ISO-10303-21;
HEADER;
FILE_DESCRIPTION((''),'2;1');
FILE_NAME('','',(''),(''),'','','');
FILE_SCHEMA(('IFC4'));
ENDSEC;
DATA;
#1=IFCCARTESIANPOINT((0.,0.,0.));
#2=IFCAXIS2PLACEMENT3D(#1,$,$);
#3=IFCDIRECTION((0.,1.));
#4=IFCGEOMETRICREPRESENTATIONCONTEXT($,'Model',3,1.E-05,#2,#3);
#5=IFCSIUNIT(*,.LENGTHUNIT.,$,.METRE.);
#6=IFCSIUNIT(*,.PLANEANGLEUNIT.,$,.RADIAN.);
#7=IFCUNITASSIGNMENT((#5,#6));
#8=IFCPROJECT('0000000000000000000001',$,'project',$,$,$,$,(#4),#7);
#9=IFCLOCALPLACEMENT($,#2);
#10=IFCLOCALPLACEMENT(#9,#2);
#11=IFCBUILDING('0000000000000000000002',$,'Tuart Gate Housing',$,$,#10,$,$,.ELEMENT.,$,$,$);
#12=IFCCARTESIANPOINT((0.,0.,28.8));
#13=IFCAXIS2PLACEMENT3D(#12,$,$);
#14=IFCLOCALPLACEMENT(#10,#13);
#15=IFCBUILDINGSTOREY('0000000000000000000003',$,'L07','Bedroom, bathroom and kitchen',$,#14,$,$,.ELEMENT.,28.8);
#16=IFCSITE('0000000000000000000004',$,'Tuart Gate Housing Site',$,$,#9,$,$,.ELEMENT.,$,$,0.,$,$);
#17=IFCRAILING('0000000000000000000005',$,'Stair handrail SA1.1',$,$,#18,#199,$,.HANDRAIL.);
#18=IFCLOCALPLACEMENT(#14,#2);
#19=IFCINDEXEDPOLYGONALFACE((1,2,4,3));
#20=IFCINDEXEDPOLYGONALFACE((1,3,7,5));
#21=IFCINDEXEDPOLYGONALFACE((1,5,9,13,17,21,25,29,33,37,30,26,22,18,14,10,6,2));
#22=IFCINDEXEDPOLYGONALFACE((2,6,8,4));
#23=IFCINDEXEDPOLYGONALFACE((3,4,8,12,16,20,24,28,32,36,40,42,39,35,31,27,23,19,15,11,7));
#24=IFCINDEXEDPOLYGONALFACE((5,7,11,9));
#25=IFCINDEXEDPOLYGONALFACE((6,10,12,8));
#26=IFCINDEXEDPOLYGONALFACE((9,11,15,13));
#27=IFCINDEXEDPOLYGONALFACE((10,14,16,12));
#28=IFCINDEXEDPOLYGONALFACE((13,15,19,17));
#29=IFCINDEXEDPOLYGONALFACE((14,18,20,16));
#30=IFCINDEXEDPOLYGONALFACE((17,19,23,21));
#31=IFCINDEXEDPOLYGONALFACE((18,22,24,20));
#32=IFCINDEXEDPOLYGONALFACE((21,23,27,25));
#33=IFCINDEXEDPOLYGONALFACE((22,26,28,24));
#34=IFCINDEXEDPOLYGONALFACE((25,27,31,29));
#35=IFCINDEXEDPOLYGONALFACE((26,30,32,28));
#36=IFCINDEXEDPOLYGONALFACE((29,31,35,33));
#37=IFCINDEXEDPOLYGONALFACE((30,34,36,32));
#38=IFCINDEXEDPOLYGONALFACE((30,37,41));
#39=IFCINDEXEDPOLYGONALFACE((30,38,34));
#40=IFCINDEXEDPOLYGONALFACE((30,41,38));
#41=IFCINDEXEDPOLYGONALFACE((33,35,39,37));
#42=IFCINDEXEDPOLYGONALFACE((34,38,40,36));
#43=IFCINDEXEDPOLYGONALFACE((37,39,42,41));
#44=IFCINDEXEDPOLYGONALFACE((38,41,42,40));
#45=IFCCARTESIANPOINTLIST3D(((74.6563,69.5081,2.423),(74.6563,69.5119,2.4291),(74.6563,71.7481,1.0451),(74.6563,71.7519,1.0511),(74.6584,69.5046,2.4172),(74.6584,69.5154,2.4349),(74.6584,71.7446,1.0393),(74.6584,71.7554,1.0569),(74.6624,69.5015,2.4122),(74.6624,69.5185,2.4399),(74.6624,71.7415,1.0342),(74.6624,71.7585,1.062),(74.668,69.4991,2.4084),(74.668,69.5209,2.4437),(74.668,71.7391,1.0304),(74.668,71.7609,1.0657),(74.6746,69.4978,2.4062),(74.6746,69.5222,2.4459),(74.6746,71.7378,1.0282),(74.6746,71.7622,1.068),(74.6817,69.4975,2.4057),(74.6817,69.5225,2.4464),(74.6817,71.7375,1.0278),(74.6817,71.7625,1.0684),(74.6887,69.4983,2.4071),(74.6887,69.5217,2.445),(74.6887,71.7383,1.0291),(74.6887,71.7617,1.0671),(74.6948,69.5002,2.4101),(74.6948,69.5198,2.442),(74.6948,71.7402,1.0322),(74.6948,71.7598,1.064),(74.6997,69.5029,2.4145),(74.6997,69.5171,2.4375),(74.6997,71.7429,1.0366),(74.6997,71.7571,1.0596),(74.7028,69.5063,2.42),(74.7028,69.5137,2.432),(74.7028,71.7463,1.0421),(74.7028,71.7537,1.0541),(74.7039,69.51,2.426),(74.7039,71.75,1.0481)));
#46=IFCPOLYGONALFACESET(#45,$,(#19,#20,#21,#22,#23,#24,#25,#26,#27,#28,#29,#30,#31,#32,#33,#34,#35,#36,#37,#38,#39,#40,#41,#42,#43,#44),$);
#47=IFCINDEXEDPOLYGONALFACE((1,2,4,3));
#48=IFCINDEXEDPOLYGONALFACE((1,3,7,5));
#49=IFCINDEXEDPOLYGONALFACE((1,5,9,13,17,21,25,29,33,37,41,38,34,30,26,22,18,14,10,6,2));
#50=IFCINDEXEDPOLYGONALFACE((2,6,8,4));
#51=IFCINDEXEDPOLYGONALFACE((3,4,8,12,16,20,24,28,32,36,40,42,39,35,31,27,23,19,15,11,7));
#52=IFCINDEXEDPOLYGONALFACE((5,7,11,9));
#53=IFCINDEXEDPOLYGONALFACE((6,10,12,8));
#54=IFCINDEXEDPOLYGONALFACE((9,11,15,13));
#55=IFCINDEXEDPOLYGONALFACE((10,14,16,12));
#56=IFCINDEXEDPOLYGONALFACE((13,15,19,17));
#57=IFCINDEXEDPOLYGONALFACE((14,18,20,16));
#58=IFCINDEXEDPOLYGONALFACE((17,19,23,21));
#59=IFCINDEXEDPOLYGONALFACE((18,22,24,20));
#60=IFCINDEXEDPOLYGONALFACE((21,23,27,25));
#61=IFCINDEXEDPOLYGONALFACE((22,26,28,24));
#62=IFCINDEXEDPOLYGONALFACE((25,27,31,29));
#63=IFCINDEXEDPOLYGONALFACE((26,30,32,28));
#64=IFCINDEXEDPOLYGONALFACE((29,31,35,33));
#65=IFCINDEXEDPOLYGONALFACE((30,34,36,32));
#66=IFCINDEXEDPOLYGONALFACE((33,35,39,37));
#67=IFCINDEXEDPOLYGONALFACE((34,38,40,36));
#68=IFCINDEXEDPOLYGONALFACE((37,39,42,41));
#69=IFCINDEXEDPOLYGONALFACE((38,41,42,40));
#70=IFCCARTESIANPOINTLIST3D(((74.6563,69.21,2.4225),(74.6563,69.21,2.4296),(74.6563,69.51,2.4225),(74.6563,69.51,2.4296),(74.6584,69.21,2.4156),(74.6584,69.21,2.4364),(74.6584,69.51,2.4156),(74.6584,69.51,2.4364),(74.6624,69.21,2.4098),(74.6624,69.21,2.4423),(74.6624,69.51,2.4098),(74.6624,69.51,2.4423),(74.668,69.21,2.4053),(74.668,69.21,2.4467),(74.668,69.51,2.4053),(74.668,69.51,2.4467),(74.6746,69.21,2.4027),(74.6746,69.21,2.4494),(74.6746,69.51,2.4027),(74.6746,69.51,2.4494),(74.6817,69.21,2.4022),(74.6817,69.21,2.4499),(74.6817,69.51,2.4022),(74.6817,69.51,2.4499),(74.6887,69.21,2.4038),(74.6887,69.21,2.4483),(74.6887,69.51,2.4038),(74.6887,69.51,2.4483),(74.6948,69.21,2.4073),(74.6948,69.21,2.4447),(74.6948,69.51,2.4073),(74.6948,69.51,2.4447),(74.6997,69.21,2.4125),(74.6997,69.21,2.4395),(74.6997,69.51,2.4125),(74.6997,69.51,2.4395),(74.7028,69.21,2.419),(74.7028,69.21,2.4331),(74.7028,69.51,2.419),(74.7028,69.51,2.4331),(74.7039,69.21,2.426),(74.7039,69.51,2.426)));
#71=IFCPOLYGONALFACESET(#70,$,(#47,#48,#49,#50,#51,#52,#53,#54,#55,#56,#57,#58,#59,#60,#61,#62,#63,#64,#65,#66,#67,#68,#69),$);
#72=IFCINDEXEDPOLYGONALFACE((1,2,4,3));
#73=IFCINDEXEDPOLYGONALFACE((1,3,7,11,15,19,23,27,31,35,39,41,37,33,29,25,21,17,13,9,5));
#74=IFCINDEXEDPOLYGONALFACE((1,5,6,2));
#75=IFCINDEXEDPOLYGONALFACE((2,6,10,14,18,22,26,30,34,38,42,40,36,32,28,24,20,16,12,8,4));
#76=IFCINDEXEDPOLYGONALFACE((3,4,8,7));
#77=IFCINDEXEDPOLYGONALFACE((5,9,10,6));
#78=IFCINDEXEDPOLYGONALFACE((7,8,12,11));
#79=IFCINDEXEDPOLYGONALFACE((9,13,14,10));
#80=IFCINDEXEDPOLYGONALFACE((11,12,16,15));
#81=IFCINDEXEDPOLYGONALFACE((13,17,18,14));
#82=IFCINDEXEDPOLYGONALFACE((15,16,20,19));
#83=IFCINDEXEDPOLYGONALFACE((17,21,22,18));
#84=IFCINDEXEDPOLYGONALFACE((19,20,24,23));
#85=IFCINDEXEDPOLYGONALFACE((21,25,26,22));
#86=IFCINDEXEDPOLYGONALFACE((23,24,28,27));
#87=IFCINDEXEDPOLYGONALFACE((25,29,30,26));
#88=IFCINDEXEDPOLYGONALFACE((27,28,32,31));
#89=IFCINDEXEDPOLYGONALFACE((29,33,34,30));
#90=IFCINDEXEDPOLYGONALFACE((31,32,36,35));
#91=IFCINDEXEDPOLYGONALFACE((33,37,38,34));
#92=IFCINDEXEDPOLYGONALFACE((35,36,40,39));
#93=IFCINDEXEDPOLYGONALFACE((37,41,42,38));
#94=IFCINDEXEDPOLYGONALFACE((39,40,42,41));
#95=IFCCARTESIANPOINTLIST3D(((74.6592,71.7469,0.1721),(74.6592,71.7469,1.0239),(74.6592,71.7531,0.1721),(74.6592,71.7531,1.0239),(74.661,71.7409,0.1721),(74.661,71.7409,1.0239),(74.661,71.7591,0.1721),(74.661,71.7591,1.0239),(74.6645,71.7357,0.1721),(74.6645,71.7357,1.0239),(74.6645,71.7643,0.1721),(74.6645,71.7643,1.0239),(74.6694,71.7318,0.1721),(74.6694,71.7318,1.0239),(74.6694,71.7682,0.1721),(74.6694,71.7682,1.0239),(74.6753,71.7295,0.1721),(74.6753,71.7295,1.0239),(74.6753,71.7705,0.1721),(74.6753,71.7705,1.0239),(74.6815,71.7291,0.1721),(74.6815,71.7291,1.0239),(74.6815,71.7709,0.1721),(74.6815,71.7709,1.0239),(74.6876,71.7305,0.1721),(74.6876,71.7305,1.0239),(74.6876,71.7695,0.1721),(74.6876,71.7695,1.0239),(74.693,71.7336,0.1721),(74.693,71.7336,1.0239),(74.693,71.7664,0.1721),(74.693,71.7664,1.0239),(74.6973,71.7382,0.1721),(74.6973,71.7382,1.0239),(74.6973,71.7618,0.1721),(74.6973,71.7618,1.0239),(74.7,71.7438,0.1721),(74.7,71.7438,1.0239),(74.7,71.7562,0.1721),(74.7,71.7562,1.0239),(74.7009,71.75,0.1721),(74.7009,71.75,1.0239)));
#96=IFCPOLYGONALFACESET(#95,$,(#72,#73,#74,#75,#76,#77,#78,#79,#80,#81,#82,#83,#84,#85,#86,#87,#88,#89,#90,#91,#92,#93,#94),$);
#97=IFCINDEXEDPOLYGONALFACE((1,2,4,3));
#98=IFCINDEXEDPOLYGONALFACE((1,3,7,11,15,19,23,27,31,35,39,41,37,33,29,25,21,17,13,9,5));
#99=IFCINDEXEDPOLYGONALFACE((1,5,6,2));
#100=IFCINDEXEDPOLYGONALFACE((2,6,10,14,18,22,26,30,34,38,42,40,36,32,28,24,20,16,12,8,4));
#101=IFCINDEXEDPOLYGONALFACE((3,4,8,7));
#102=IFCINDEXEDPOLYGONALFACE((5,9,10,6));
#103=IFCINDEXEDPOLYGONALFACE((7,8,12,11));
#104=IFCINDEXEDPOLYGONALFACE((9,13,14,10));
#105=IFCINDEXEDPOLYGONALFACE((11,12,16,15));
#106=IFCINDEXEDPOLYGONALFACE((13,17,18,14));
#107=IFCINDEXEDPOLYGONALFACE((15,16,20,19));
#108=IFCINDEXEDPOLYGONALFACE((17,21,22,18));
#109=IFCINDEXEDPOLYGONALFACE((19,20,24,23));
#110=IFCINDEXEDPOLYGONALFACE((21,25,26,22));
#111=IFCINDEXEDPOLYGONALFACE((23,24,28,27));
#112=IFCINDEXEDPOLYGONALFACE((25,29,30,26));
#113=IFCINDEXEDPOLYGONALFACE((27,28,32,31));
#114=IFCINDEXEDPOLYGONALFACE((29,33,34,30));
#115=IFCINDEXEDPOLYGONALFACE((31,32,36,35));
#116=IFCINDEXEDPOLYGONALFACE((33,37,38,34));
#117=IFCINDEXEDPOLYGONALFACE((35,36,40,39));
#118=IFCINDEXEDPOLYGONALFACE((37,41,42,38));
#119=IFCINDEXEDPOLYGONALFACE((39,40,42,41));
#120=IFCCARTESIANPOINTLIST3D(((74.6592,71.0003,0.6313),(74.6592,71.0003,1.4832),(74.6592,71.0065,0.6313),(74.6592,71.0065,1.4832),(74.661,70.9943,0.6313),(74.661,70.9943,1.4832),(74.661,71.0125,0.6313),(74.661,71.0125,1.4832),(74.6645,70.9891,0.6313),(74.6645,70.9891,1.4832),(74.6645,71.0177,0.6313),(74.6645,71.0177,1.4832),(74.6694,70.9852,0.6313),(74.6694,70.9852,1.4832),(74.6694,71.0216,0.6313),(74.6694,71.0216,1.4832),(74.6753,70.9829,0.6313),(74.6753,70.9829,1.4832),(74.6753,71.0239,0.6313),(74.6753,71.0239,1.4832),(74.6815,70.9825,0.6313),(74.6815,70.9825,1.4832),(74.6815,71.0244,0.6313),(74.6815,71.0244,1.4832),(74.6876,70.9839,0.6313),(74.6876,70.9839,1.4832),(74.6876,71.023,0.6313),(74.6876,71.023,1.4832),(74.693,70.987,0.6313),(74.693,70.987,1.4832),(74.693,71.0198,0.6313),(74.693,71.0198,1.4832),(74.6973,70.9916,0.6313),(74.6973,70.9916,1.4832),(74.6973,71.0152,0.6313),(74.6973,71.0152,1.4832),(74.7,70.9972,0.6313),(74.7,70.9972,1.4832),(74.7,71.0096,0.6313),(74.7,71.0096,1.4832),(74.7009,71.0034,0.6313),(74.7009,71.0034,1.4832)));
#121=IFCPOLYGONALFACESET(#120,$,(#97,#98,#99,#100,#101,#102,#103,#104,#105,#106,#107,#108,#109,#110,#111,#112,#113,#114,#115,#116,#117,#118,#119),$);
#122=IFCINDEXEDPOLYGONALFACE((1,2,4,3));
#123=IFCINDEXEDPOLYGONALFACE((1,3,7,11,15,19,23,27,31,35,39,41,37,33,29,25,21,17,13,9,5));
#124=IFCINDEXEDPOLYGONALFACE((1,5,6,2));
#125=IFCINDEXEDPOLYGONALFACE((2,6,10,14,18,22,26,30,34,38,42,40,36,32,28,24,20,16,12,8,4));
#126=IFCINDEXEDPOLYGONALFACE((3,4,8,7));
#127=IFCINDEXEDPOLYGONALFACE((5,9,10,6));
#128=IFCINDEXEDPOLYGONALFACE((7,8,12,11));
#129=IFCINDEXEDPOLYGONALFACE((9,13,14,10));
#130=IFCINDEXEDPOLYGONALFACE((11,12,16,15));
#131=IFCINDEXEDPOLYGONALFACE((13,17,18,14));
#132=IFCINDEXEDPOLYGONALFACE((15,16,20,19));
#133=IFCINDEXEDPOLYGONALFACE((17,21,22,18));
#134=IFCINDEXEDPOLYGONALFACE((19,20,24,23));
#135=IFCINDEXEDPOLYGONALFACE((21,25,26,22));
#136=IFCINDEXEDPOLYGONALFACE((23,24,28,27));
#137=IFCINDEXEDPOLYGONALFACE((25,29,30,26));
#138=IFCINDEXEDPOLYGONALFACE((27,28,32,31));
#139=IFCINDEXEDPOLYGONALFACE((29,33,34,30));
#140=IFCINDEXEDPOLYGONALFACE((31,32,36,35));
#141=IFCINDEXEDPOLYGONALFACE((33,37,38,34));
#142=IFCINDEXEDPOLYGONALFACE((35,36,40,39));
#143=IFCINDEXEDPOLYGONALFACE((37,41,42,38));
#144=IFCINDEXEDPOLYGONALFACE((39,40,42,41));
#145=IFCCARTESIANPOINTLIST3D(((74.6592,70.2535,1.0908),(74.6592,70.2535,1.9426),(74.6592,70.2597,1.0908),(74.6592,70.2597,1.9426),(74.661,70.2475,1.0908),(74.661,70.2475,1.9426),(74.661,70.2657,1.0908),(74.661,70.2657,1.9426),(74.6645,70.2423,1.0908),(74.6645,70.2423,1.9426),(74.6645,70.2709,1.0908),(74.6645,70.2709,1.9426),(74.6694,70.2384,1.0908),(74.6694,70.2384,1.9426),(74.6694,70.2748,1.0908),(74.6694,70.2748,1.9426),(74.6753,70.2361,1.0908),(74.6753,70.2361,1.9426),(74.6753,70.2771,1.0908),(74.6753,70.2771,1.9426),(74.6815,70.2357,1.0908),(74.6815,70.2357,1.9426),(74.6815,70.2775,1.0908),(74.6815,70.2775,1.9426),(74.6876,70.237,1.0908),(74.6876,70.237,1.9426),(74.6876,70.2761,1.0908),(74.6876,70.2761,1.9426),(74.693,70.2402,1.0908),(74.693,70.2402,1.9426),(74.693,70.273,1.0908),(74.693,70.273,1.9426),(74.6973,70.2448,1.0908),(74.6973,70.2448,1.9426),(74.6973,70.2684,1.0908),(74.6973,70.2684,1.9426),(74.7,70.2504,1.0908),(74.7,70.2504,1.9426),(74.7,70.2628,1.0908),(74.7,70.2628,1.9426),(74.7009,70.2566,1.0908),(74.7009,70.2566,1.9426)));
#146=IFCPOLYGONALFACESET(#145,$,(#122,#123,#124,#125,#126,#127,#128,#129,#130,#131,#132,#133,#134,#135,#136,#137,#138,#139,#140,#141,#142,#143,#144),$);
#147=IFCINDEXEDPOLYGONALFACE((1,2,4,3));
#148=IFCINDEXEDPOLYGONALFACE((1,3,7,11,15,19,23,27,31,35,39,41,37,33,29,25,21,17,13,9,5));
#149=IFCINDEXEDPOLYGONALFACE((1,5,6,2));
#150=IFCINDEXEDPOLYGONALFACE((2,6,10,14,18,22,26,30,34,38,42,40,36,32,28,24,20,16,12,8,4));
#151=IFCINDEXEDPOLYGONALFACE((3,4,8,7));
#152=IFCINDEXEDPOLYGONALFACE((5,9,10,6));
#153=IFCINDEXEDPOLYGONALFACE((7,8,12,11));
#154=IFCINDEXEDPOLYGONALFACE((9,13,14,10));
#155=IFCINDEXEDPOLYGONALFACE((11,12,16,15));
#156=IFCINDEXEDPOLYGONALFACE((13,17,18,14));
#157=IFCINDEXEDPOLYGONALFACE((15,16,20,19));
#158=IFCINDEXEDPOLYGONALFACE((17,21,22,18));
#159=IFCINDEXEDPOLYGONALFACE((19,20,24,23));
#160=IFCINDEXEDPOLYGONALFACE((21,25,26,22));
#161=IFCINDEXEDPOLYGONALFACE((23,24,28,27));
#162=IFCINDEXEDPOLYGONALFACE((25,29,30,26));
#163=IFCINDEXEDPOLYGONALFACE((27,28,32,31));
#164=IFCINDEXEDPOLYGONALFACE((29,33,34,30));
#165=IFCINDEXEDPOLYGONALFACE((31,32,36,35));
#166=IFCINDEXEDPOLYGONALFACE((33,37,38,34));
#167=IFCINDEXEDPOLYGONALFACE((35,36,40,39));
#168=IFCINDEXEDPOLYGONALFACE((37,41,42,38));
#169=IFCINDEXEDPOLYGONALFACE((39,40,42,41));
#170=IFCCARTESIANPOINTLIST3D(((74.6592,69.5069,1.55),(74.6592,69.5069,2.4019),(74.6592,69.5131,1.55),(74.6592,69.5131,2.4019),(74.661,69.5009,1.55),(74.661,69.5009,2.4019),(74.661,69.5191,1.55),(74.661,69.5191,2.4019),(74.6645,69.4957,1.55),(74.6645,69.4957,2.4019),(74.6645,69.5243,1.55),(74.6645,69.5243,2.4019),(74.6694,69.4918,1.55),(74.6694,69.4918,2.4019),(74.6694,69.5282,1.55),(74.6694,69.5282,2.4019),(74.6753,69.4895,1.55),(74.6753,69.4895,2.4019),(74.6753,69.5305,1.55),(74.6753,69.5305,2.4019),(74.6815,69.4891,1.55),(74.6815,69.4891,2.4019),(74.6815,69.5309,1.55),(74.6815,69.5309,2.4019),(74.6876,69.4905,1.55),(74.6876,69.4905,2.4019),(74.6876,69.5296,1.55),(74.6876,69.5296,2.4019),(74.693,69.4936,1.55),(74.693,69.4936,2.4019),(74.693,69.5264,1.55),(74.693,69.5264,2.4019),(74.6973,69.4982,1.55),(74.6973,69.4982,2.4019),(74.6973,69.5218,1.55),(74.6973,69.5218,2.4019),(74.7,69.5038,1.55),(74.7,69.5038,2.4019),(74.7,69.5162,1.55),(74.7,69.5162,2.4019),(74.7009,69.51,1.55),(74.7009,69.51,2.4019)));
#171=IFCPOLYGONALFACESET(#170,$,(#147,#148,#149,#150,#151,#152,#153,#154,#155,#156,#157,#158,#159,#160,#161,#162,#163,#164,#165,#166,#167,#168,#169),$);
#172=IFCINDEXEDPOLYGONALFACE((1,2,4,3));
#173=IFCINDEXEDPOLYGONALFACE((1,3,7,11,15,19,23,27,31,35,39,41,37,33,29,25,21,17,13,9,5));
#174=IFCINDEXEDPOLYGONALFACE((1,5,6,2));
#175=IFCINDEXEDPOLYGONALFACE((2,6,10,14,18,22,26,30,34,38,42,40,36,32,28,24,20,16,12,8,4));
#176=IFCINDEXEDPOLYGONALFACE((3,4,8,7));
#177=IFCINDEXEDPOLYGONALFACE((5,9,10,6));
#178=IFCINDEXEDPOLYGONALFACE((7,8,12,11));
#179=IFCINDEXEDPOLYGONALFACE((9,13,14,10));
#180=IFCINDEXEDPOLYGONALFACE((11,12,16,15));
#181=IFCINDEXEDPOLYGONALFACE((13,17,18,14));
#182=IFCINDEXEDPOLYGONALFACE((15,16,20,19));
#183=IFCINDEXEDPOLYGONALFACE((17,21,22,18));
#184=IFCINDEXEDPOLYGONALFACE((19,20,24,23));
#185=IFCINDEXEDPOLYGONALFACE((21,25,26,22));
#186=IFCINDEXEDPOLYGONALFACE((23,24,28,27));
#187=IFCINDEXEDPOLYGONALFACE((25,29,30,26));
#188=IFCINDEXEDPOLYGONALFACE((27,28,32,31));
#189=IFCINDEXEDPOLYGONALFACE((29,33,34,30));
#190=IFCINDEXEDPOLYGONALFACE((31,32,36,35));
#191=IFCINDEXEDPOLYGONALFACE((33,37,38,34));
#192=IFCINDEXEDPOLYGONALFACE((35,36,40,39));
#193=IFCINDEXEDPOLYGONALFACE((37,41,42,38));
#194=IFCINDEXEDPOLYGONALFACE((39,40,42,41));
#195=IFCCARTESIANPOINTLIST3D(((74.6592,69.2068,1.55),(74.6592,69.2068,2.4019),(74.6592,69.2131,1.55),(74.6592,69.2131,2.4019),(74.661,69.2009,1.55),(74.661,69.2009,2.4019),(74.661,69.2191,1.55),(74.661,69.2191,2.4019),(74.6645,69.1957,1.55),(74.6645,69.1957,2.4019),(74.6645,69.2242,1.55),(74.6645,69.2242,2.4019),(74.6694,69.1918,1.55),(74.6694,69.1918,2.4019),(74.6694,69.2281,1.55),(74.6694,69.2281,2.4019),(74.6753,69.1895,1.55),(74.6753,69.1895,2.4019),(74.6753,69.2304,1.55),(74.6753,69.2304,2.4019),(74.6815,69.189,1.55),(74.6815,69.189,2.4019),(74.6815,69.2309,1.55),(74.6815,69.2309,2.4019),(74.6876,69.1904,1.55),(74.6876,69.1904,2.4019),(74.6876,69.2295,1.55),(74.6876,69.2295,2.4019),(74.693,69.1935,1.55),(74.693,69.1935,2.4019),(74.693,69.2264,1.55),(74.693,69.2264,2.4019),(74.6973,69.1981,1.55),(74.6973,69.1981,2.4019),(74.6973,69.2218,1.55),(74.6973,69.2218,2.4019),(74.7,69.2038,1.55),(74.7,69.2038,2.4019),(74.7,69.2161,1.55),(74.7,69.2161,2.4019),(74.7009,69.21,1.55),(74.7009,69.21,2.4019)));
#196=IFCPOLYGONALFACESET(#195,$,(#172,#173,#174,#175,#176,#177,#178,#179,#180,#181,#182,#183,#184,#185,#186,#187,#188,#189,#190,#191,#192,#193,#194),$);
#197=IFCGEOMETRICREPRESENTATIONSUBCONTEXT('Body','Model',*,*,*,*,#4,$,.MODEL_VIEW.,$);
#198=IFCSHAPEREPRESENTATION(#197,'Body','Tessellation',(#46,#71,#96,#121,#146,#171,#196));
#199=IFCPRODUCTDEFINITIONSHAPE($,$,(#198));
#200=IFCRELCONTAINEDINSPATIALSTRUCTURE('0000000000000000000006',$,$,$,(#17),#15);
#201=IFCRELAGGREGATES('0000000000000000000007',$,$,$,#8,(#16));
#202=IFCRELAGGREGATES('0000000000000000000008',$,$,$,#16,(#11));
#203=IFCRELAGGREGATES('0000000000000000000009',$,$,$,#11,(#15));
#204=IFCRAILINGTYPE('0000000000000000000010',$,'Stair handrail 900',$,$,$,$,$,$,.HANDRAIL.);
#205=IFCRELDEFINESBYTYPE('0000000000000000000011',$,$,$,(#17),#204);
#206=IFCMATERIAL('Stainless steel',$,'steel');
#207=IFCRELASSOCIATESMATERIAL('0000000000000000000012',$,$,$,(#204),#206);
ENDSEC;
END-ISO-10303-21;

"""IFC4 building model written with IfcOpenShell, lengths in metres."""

from ifc_helpers import new_model, si_unit, direction, frame, origin, origin_2d, place, context, subcontext, project, spatial, circle, extrude, material, type_object, element, save


model = new_model("IFC4")

# Units and contexts
model_context = context("Model", 3, precision=1e-05, world=origin(), true_north=direction((0.0, 1.0)))
body_context = subcontext(model_context, "Body", "Model", "MODEL_VIEW")
ifc_project = project(units=[si_unit("LENGTHUNIT", "METRE"), si_unit("PLANEANGLEUNIT", "RADIAN")], contexts=[model_context])

# Site, building, storey
site_placement = place(None, origin())
site = spatial("IfcSite", under=ifc_project, at=site_placement, Name="Tuart Gate Housing Site", CompositionType="ELEMENT", RefElevation=0.0)
building_placement = place(site_placement, origin())
building = spatial("IfcBuilding", under=site, at=building_placement, Name="Tuart Gate Housing", CompositionType="ELEMENT")
storey_placement = place(building_placement, frame((0.0, 0.0, 28.8)))
storey = spatial("IfcBuildingStorey", under=building, at=storey_placement, Name="L07", Description="Bedroom, bathroom and kitchen", CompositionType="ELEMENT", Elevation=28.8)

# Railing
ifc_material_1 = material(Name="Stainless steel", Category="steel")
railing_type = type_object("IfcRailingType", Name="Stair handrail 900", PredefinedType="HANDRAIL", material=ifc_material_1)
railing_placement = place(storey_placement, frame((74.6799, 71.75, 0.1721)))
element("IfcRailing", 1, at=railing_placement, inside=storey, type_object=railing_type, Name="Stair handrail SA1.1", PredefinedType="HANDRAIL", context=body_context, shape_type="SweptSolid", body=[
    extrude(circle(Radius=0.0239, at=origin_2d()), frame((0.0, 0.0, 0.876), z_axis=(0.0, -0.851748, 0.523952), x_axis=(1.0, 0.0, 0.0)), (0.0, 0.0, 1.0), 2.6299),
    extrude(circle(Radius=0.0239, at=origin_2d()), frame((0.0, -2.24, 2.2539), z_axis=(0.0, -1.0, 0.0), x_axis=(1.0, 0.0, 0.0)), (0.0, 0.0, 1.0), 0.3),
    extrude(circle(Radius=0.021, at=origin_2d()), origin(), (0.0, 0.0, 1.0), 0.8518),
    extrude(circle(Radius=0.021, at=origin_2d()), frame((0.0, -0.7466, 0.4592)), (0.0, 0.0, 1.0), 0.8518),
    extrude(circle(Radius=0.021, at=origin_2d()), frame((0.0, -1.4934, 0.9187)), (0.0, 0.0, 1.0), 0.8518),
    extrude(circle(Radius=0.021, at=origin_2d()), frame((0.0, -2.24, 1.3779)), (0.0, 0.0, 1.0), 0.8518),
    extrude(circle(Radius=0.021, at=origin_2d()), frame((0.0, -2.54, 1.3779)), (0.0, 0.0, 1.0), 0.8518),
])

save(model, "model.ifc")
